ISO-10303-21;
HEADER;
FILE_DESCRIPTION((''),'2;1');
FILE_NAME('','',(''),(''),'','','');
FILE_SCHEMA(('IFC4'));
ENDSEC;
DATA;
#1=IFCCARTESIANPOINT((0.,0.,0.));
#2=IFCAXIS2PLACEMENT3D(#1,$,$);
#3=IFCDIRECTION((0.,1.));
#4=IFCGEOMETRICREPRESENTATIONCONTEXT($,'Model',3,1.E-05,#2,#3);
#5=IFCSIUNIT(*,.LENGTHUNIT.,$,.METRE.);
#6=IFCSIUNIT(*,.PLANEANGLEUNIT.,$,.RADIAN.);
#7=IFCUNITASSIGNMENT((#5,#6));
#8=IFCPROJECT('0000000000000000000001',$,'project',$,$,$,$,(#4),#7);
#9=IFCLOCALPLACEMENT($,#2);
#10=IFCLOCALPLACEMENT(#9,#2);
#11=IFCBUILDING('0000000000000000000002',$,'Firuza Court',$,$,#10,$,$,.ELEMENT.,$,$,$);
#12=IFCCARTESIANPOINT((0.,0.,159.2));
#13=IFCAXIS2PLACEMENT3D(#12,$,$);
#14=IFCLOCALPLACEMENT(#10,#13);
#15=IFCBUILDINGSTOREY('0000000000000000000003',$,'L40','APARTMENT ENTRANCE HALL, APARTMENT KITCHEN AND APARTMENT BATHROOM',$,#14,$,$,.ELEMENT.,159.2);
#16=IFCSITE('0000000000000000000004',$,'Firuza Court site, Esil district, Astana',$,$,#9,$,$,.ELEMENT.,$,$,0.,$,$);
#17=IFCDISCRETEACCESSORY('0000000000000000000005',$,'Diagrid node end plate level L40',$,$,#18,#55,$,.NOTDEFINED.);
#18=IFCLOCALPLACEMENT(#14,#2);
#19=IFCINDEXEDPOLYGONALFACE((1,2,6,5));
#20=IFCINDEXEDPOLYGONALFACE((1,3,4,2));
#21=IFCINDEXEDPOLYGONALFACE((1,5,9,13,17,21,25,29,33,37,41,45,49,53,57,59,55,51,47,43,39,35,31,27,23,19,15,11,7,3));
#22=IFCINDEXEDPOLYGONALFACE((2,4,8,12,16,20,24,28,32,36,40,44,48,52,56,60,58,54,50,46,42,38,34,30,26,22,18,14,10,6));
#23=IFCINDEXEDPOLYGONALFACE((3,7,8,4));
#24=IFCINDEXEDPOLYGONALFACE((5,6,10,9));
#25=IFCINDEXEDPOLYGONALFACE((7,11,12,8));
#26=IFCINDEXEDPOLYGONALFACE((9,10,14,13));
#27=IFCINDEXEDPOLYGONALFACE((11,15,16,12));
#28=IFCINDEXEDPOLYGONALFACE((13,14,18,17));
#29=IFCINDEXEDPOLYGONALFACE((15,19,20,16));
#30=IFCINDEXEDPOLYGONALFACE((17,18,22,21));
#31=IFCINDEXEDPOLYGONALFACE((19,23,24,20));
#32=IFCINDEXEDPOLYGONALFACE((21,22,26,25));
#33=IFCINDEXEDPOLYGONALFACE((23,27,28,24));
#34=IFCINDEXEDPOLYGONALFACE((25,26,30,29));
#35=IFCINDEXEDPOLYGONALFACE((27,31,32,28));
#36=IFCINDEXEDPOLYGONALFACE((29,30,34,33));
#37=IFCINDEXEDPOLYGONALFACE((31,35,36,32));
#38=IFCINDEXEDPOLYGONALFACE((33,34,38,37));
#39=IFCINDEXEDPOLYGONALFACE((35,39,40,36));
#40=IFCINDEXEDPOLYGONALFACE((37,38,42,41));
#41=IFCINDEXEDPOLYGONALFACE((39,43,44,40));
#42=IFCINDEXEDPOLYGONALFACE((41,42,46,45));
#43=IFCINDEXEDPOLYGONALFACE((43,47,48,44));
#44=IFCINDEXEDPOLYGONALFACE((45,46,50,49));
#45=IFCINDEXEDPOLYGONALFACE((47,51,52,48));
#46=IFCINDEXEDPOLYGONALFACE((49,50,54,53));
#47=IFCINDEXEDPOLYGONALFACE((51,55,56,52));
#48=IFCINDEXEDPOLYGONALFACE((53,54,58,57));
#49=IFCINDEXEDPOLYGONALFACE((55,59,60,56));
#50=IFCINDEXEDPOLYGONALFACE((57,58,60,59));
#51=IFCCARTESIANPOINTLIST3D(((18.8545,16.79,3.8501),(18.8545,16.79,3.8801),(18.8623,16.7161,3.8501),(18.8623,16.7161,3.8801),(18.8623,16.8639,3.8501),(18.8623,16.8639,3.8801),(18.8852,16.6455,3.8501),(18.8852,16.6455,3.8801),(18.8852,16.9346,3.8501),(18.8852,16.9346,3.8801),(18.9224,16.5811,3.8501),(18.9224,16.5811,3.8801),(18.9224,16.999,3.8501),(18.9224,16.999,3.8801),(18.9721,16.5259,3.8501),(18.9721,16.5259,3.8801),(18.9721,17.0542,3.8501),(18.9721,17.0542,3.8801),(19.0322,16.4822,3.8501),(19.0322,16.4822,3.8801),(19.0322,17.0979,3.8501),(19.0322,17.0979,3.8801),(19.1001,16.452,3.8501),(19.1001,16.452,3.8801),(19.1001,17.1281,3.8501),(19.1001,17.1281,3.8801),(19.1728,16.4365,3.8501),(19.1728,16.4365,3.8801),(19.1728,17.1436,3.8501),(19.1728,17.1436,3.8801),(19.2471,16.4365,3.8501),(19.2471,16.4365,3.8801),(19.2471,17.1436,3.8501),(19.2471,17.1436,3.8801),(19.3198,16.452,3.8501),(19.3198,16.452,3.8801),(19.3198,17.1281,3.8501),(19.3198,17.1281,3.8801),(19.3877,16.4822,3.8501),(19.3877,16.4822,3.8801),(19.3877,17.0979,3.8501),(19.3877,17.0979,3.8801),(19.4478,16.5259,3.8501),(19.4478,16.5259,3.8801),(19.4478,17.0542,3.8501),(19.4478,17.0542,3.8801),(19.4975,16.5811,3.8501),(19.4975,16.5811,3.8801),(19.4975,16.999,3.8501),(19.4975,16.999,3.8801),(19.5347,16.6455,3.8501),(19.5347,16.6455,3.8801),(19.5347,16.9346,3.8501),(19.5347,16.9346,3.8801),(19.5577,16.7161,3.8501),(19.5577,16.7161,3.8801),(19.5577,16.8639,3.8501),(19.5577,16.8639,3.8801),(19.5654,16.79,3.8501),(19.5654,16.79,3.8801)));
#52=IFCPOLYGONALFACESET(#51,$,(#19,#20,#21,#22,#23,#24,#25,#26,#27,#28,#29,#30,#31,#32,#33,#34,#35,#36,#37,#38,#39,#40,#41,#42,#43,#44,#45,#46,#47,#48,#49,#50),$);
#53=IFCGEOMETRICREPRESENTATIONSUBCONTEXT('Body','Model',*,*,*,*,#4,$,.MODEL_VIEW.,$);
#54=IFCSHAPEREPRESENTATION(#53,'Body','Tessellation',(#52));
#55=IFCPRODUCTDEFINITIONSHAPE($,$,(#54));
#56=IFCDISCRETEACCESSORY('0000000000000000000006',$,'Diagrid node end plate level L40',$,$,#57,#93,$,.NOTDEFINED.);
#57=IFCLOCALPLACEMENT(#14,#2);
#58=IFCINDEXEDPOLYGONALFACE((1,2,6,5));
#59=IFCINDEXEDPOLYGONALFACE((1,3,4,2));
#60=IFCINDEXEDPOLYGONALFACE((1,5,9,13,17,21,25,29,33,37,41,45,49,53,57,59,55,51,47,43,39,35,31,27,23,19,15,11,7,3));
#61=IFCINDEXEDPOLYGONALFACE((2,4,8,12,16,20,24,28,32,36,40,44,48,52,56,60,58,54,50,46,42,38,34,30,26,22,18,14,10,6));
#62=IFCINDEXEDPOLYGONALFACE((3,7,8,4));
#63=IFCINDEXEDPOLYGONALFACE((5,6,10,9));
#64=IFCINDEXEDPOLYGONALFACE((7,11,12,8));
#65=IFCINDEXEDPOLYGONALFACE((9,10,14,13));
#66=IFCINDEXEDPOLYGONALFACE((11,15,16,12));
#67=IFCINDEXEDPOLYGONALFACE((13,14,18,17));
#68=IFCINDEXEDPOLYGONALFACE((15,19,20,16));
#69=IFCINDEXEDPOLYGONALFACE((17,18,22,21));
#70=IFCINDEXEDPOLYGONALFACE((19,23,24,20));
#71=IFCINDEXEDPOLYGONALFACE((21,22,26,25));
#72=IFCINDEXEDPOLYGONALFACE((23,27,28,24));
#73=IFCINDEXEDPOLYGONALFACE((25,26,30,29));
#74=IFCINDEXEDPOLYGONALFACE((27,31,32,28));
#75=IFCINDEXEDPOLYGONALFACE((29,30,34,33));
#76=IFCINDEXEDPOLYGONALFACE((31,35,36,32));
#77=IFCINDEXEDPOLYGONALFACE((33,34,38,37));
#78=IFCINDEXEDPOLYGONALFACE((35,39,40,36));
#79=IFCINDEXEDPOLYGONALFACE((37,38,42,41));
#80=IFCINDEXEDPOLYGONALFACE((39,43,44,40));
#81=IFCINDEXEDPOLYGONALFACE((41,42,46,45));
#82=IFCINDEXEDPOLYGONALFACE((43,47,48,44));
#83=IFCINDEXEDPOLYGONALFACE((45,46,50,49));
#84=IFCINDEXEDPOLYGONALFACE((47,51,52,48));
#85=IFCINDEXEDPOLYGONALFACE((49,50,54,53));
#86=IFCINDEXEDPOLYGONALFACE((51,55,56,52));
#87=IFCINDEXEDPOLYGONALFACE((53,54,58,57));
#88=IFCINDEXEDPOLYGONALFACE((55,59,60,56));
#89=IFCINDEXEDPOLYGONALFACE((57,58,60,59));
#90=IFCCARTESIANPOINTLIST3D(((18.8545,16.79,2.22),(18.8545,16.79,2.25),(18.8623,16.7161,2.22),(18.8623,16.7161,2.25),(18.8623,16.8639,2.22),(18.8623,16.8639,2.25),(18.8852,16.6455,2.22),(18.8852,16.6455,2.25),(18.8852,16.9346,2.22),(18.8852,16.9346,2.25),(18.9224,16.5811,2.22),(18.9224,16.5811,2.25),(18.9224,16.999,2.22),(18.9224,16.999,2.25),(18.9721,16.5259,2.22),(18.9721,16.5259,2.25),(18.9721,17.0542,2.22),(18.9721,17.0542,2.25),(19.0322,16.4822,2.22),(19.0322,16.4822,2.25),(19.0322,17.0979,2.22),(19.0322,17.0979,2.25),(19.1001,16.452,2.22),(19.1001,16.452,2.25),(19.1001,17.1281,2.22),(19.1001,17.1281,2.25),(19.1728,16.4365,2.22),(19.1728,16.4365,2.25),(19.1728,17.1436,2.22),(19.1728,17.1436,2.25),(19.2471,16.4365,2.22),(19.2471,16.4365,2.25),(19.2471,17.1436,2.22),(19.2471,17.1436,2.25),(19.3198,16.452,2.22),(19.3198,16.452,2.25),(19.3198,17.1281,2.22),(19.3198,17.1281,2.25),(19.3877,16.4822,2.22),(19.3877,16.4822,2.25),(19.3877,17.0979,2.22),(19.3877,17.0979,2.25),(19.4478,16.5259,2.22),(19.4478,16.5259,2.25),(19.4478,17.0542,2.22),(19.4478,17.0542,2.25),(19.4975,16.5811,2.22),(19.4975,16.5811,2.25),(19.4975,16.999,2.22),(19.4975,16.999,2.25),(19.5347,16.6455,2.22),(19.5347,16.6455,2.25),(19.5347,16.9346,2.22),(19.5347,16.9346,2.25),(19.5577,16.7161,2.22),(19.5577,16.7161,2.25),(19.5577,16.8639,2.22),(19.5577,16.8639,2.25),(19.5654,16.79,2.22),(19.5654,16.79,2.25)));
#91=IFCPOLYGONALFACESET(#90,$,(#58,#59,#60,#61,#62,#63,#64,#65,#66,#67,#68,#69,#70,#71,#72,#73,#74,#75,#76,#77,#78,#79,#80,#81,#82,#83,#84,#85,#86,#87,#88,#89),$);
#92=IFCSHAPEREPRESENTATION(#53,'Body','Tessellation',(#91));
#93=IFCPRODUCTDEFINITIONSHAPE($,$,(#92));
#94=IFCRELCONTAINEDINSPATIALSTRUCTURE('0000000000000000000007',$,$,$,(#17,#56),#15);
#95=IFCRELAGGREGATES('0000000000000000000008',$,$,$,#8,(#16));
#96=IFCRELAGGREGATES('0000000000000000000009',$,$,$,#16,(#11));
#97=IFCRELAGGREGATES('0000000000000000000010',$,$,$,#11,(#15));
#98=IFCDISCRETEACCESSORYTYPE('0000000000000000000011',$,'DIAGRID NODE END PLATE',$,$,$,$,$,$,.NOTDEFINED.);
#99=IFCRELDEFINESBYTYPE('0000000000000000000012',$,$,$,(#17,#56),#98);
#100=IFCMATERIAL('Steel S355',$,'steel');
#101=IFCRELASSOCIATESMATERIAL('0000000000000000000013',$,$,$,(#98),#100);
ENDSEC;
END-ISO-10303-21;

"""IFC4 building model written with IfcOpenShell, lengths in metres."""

from ifc_helpers import new_model, si_unit, direction, frame, origin, origin_2d, place, context, subcontext, project, spatial, circle, extrude, material, material_profile, profile_set, type_object, element, save


model = new_model("IFC4")

# Units and contexts
model_context = context("Model", 3, precision=1e-05, world=origin(), true_north=direction((0.0, 1.0)))
body_context = subcontext(model_context, "Body", "Model", "MODEL_VIEW")
ifc_project = project(units=[si_unit("LENGTHUNIT", "METRE"), si_unit("PLANEANGLEUNIT", "RADIAN")], contexts=[model_context])

# Site, building, storey
site_placement = place(None, origin())
site = spatial("IfcSite", under=ifc_project, at=site_placement, Name="Firuza Court site, Esil district, Astana", CompositionType="ELEMENT", RefElevation=0.0)
building_placement = place(site_placement, origin())
building = spatial("IfcBuilding", under=site, at=building_placement, Name="Firuza Court", CompositionType="ELEMENT")
storey_placement = place(building_placement, frame((0.0, 0.0, 159.2)))
storey = spatial("IfcBuildingStorey", under=building, at=storey_placement, Name="L40", Description="APARTMENT ENTRANCE HALL, APARTMENT KITCHEN AND APARTMENT BATHROOM", CompositionType="ELEMENT", Elevation=159.2)

# Discrete accessories
ifc_material_1 = material(Name="Steel S355", Category="steel")
ifc_material_profile_1 = material_profile(ifc_material_1, circle(Radius=0.3555, at=origin_2d()), Name="PL D711")
ifc_profile_set_1 = profile_set([ifc_material_profile_1], Name="Steel S355")
discrete_accessory_type = type_object("IfcDiscreteAccessoryType", Name="DIAGRID NODE END PLATE", PredefinedType="NOTDEFINED", material=ifc_profile_set_1)
for number, where, z_axis, x_axis, name in (
    (1, (19.21, 16.79, 3.8501), (0.0, 0.0, 1.0), (1.0, 0.0, 0.0), "Diagrid node end plate level L40"),
    (2, (19.21, 16.79, 2.22), (0.0, 0.0, 1.0), (1.0, 0.0, 0.0), "Diagrid node end plate level L40"),
):
    element("IfcDiscreteAccessory", number, at=place(storey_placement, frame(where, z_axis=z_axis, x_axis=x_axis)), inside=storey, type_object=discrete_accessory_type, Name=name, PredefinedType="NOTDEFINED", context=body_context, shape_type="SweptSolid", body=[
        extrude(circle(Radius=0.3555, at=origin_2d()), origin(), (0.0, 0.0, 1.0), 0.03),
    ])

save(model, "model.ifc")
